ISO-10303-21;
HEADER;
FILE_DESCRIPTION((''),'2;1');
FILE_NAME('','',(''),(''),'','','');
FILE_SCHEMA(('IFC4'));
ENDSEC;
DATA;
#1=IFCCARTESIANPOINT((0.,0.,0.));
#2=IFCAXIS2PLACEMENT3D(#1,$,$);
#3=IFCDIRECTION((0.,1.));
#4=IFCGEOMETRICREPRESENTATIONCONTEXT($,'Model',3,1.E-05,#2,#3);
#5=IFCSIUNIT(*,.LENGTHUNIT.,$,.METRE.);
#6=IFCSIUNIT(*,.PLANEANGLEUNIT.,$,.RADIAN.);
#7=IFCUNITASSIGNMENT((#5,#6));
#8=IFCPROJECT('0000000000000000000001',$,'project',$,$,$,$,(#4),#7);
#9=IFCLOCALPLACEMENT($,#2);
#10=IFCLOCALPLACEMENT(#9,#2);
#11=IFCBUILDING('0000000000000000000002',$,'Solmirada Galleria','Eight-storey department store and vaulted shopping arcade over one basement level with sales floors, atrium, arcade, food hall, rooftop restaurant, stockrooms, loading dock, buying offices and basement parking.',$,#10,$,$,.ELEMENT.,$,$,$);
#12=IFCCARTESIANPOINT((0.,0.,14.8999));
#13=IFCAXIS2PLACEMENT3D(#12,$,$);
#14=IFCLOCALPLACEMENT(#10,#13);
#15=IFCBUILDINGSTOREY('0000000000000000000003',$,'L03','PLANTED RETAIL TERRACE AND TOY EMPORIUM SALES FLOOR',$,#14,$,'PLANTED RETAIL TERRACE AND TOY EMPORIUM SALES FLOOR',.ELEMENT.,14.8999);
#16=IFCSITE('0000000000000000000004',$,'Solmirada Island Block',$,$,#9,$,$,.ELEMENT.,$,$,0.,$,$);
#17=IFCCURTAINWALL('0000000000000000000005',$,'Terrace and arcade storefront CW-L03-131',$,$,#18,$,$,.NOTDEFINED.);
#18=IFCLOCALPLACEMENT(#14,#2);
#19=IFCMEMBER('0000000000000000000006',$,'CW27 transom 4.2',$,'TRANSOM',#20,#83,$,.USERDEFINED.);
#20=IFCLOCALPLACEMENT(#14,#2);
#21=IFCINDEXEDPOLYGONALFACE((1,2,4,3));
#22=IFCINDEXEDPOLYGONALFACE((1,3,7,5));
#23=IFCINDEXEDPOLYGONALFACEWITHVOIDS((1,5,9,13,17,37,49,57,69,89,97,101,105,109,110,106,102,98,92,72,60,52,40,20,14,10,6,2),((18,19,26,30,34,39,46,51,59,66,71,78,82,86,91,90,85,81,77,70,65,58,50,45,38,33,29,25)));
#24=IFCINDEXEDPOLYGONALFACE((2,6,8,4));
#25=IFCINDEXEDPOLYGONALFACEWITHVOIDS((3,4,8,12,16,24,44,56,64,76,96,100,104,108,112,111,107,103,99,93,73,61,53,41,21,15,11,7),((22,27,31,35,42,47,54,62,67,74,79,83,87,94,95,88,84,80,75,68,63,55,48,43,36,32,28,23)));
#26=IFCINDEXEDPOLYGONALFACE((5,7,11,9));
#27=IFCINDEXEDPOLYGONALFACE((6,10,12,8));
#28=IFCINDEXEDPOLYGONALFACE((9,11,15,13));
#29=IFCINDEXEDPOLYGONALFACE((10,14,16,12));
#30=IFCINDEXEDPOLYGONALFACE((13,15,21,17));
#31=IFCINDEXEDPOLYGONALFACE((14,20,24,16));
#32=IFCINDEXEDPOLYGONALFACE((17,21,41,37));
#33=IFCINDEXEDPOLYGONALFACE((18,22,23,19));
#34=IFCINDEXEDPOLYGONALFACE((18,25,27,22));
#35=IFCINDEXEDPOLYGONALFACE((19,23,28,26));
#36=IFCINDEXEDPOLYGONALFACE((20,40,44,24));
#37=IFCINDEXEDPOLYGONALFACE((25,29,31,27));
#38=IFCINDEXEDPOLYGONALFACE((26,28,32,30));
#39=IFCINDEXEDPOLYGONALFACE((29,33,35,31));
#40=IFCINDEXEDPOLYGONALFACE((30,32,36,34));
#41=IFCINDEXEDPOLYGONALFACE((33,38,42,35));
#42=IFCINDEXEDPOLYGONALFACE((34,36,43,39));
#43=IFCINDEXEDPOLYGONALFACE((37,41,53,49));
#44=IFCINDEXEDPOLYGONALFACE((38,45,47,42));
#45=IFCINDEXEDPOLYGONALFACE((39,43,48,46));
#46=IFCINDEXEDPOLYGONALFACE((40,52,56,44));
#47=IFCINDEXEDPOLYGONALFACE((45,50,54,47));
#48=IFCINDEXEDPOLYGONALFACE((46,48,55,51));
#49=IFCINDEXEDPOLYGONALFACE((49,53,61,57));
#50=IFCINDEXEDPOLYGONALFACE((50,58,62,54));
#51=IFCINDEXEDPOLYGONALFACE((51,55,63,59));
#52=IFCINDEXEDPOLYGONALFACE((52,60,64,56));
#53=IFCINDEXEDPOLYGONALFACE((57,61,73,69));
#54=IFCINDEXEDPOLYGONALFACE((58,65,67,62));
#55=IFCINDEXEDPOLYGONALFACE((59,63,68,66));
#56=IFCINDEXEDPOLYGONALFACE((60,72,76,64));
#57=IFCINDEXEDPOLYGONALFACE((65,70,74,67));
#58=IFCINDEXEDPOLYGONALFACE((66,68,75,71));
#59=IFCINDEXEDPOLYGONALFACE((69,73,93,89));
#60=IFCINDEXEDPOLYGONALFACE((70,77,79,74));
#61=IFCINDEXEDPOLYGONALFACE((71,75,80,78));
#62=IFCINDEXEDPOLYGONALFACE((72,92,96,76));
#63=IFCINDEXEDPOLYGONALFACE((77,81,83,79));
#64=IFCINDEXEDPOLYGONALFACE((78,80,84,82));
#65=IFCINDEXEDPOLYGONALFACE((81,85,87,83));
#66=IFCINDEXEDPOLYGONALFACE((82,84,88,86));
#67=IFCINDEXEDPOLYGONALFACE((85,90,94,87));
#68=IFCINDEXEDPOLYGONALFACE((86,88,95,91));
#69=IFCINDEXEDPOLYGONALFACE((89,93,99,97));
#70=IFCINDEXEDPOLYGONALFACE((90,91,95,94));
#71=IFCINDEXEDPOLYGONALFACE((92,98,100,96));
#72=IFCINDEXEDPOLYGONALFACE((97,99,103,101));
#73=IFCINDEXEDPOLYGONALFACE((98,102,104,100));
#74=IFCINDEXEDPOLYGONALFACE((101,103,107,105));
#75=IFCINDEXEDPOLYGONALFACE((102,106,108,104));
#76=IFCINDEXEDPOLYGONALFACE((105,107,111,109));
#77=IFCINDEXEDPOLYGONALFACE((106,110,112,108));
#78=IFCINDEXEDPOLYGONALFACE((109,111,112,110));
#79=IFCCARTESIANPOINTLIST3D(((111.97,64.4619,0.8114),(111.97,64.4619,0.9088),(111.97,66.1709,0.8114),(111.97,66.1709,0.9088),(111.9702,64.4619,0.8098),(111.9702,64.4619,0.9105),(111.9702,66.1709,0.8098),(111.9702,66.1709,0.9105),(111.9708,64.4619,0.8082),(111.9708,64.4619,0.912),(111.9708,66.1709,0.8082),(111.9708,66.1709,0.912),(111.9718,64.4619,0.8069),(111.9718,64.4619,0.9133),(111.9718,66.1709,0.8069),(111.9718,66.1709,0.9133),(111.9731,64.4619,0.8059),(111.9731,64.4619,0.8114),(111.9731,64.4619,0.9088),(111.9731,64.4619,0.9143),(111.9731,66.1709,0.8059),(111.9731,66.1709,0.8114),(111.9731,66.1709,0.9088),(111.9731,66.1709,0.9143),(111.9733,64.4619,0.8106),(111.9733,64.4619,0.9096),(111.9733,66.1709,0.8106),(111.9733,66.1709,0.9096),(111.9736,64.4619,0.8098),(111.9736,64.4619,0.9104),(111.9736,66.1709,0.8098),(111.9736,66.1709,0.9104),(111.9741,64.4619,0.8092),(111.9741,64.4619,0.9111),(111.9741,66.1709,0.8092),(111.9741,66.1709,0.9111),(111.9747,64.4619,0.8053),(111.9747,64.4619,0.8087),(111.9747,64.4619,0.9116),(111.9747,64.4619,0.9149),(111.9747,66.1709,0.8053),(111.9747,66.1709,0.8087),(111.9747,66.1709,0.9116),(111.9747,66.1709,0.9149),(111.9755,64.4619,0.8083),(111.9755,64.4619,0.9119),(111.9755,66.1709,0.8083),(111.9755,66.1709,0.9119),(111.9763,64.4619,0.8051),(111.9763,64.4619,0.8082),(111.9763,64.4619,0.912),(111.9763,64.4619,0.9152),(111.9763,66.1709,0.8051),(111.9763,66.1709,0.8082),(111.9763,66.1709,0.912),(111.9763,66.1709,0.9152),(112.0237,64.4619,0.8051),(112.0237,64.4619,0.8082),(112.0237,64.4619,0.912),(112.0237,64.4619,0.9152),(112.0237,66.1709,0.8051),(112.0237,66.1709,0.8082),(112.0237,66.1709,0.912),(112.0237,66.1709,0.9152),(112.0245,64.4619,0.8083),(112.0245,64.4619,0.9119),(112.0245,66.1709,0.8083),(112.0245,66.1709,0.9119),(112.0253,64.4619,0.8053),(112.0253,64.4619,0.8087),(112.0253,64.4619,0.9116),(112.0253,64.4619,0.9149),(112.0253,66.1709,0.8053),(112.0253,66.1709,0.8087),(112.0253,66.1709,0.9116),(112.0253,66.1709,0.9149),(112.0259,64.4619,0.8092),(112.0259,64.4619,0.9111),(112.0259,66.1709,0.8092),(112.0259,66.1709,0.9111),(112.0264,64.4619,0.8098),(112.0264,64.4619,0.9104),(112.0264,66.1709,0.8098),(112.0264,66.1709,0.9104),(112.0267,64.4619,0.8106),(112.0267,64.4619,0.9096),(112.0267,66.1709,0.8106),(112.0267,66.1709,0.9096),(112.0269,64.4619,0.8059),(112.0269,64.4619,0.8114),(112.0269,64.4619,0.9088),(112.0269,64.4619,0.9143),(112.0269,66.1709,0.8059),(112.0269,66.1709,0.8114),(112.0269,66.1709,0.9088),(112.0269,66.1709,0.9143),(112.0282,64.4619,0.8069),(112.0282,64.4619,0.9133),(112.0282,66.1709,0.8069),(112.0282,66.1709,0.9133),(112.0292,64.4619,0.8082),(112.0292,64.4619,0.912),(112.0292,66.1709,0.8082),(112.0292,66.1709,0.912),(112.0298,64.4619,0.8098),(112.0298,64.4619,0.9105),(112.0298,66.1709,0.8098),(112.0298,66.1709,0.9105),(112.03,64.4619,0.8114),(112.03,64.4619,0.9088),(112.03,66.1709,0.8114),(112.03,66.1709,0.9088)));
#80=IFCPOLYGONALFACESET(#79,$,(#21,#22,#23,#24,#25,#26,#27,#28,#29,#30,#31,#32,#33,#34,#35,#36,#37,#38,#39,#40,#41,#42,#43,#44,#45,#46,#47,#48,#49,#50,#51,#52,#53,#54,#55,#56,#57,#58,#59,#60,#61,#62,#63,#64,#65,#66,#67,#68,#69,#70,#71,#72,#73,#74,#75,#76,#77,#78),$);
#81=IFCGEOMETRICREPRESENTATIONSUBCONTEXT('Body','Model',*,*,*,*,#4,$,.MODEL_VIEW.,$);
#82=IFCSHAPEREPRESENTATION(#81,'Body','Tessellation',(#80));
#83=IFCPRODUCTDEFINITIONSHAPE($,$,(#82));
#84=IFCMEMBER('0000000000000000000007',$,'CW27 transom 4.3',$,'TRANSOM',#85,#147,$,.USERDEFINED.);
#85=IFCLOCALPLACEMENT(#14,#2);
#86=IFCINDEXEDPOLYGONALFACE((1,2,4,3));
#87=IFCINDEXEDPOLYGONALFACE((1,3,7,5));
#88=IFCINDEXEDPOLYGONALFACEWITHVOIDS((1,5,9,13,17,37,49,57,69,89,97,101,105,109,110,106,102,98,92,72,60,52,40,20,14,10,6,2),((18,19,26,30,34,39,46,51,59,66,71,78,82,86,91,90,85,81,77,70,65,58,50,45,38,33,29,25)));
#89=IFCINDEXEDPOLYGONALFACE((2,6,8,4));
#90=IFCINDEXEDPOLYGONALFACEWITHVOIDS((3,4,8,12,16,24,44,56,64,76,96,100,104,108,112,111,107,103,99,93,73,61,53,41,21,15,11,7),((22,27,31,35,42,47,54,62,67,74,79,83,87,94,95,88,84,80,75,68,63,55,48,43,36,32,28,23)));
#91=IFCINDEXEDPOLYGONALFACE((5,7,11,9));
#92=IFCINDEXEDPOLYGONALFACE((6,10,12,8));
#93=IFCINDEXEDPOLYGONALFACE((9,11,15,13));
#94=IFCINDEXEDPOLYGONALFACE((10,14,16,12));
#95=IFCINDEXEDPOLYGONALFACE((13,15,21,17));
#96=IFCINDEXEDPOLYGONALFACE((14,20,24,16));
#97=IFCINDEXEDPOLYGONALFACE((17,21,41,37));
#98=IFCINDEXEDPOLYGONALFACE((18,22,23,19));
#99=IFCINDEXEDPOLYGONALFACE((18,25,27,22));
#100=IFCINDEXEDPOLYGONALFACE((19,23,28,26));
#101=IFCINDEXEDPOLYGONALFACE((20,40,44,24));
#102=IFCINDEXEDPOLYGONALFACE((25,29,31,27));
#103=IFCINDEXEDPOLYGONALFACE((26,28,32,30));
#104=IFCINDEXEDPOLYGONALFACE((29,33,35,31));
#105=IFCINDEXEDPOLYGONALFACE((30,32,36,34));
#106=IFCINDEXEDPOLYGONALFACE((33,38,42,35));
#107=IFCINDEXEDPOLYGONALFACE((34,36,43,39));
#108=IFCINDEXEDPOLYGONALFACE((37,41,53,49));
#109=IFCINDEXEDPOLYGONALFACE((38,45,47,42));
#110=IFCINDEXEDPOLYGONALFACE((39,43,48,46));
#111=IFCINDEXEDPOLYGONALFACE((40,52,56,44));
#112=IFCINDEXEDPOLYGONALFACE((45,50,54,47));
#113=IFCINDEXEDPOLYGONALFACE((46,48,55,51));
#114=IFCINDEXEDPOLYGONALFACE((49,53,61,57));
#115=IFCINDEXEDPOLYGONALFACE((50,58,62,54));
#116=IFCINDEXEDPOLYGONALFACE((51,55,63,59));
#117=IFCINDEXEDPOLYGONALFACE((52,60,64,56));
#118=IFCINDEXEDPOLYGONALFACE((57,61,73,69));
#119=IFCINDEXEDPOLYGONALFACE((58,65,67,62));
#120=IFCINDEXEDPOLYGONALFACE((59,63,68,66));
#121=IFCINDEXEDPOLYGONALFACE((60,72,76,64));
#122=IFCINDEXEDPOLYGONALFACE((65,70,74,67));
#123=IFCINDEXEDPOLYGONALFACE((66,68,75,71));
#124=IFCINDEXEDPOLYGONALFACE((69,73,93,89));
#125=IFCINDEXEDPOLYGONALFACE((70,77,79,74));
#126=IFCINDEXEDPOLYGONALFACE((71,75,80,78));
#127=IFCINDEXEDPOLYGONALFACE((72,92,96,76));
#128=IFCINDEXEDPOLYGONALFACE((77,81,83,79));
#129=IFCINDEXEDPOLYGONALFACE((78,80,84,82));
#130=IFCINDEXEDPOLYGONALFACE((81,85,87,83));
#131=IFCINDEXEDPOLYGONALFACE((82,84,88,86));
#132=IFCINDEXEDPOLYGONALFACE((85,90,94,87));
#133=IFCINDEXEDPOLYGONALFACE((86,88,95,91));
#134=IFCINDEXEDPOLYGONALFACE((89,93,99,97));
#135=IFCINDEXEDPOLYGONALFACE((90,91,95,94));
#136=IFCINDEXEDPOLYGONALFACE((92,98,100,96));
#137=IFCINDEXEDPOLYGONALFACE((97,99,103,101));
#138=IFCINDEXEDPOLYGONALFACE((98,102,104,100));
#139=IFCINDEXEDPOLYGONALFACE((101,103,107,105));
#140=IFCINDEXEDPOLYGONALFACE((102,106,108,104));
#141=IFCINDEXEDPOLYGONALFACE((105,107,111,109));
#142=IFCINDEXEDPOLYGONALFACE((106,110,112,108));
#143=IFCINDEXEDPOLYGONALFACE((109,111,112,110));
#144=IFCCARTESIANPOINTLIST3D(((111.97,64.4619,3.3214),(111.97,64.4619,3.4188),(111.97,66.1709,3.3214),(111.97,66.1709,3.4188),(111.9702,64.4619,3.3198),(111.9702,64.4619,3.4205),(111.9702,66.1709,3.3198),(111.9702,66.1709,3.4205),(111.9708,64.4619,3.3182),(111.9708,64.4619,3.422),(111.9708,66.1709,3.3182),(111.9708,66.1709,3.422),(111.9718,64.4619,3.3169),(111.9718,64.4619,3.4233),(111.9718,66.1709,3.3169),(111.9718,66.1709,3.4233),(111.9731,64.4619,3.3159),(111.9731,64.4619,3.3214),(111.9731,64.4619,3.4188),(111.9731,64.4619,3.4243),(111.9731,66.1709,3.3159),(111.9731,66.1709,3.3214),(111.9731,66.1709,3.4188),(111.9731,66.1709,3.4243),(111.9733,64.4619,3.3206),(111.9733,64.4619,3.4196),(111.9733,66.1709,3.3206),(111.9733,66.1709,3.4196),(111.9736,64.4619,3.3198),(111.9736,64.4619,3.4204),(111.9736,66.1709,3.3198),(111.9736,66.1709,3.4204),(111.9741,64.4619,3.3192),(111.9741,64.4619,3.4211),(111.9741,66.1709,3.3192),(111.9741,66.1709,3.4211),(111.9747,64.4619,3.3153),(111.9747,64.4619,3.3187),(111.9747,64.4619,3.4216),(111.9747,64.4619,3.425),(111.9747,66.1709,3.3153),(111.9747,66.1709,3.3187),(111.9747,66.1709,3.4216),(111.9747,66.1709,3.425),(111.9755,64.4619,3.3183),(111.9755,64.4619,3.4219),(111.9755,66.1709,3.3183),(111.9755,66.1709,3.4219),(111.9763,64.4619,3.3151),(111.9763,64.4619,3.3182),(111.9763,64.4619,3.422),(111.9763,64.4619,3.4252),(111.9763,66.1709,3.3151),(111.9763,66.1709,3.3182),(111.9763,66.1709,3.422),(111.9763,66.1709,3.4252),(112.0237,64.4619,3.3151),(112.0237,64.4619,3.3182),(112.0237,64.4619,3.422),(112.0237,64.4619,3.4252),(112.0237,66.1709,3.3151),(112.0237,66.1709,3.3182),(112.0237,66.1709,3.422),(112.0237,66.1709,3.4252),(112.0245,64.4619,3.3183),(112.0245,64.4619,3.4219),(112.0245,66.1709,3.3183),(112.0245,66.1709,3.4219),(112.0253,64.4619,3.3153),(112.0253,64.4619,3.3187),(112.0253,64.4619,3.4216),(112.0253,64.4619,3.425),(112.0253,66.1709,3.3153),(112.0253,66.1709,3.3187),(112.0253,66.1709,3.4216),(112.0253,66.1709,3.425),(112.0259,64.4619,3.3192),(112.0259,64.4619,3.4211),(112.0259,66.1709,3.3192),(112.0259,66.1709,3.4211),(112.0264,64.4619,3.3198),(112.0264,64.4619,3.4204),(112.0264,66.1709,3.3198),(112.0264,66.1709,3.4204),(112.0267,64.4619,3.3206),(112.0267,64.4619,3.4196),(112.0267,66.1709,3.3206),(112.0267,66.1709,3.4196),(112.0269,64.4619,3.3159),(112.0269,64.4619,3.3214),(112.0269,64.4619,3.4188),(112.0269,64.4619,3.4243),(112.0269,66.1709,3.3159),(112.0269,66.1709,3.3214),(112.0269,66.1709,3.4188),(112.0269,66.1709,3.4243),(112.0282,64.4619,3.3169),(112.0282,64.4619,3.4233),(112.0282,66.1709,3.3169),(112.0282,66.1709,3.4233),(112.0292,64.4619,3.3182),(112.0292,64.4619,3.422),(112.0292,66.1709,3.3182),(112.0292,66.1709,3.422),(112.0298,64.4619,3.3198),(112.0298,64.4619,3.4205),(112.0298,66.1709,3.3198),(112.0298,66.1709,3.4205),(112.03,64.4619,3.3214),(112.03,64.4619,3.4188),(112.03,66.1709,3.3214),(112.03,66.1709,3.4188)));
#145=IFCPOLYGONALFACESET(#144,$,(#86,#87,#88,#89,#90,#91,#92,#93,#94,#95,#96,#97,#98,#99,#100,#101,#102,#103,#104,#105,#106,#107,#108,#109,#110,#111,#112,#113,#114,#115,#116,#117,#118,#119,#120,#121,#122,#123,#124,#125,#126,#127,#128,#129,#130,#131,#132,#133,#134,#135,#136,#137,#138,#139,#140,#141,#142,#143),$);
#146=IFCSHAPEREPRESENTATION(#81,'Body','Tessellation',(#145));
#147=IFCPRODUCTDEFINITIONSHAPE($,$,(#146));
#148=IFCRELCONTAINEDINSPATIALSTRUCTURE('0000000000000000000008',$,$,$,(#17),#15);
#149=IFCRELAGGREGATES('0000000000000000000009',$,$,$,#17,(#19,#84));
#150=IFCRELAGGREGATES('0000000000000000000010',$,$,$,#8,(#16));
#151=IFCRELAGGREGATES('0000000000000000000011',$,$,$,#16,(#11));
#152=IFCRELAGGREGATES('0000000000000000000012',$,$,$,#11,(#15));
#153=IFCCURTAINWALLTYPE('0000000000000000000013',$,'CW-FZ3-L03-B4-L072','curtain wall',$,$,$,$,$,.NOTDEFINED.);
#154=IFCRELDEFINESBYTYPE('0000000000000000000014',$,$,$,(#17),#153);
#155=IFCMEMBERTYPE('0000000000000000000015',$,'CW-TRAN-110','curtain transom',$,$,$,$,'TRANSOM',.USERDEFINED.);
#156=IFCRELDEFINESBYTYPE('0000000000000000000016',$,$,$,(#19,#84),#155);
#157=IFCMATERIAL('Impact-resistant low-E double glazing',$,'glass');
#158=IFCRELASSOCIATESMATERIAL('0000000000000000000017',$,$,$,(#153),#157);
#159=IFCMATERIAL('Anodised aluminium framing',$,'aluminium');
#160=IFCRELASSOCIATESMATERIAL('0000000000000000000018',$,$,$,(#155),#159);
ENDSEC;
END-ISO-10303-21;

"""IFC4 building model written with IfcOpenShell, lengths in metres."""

from ifc_helpers import new_model, si_unit, direction, frame, origin, origin_2d, place, context, subcontext, project, spatial, hollow_rectangle, extrude, material, material_profile, profile_set, type_object, element, aggregate, save


model = new_model("IFC4")

# Units and contexts
model_context = context("Model", 3, precision=1e-05, world=origin(), true_north=direction((0.0, 1.0)))
body_context = subcontext(model_context, "Body", "Model", "MODEL_VIEW")
ifc_project = project(units=[si_unit("LENGTHUNIT", "METRE"), si_unit("PLANEANGLEUNIT", "RADIAN")], contexts=[model_context])

# Site, building, storey
site_placement = place(None, origin())
site = spatial("IfcSite", under=ifc_project, at=site_placement, Name="Solmirada Island Block", CompositionType="ELEMENT", RefElevation=0.0)
building_placement = place(site_placement, origin())
building = spatial("IfcBuilding", under=site, at=building_placement, Name="Solmirada Galleria", Description="Eight-storey department store and vaulted shopping arcade over one basement level with sales floors, atrium, arcade, food hall, rooftop restaurant, stockrooms, loading dock, buying offices and basement parking.", CompositionType="ELEMENT")
storey_placement = place(building_placement, frame((0.0, 0.0, 14.8999)))
storey = spatial("IfcBuildingStorey", under=building, at=storey_placement, Name="L03", Description="PLANTED RETAIL TERRACE AND TOY EMPORIUM SALES FLOOR", LongName="PLANTED RETAIL TERRACE AND TOY EMPORIUM SALES FLOOR", CompositionType="ELEMENT", Elevation=14.8999)

# Curtain wall, members
ifc_material_1 = material(Name="Impact-resistant low-E double glazing", Category="glass")
curtain_wall_type = type_object("IfcCurtainWallType", Name="CW-FZ3-L03-B4-L072", Description="curtain wall", PredefinedType="NOTDEFINED", material=ifc_material_1)
curtain_wall_placement = place(storey_placement, origin())
curtain_wall = element("IfcCurtainWall", 1, at=curtain_wall_placement, inside=storey, type_object=curtain_wall_type, Name="Terrace and arcade storefront CW-L03-131", PredefinedType="NOTDEFINED")
ifc_material_2 = material(Name="Anodised aluminium framing", Category="aluminium")
ifc_material_profile_1 = material_profile(ifc_material_2, hollow_rectangle(XDim=0.0601, YDim=0.1101, WallThickness=0.0032, InnerFilletRadius=0.0032, OuterFilletRadius=0.0063, at=origin_2d()), Name="ALU-TRAN-110X60")
ifc_profile_set_1 = profile_set([ifc_material_profile_1], Name="Anodised aluminium framing")
member_type_1 = type_object("IfcMemberType", Name="CW-TRAN-110", Description="curtain transom", ElementType="TRANSOM", PredefinedType="USERDEFINED", material=ifc_profile_set_1)
member_1_placement = place(storey_placement, frame((112.0, 66.1709, 0.8601), z_axis=(0.0, -1.0, 0.0), x_axis=(1.0, 0.0, 0.0)))
member_1 = element("IfcMember", 2, at=member_1_placement, type_object=member_type_1, Name="CW27 transom 4.2", ObjectType="TRANSOM", PredefinedType="USERDEFINED", context=body_context, shape_type="SweptSolid", body=[
    extrude(hollow_rectangle(XDim=0.0601, YDim=0.1101, WallThickness=0.0032, InnerFilletRadius=0.0032, OuterFilletRadius=0.0063, at=origin_2d()), origin(), (0.0, 0.0, 1.0), 1.709),
])
member_2_placement = place(storey_placement, frame((112.0, 66.1709, 3.3701), z_axis=(0.0, -1.0, 0.0), x_axis=(1.0, 0.0, 0.0)))
member_2 = element("IfcMember", 3, at=member_2_placement, type_object=member_type_1, Name="CW27 transom 4.3", ObjectType="TRANSOM", PredefinedType="USERDEFINED", context=body_context, shape_type="SweptSolid", body=[
    extrude(hollow_rectangle(XDim=0.0601, YDim=0.1101, WallThickness=0.0032, InnerFilletRadius=0.0032, OuterFilletRadius=0.0063, at=origin_2d()), origin(), (0.0, 0.0, 1.0), 1.709),
])
aggregate(curtain_wall, [member_1, member_2])

save(model, "model.ifc")
